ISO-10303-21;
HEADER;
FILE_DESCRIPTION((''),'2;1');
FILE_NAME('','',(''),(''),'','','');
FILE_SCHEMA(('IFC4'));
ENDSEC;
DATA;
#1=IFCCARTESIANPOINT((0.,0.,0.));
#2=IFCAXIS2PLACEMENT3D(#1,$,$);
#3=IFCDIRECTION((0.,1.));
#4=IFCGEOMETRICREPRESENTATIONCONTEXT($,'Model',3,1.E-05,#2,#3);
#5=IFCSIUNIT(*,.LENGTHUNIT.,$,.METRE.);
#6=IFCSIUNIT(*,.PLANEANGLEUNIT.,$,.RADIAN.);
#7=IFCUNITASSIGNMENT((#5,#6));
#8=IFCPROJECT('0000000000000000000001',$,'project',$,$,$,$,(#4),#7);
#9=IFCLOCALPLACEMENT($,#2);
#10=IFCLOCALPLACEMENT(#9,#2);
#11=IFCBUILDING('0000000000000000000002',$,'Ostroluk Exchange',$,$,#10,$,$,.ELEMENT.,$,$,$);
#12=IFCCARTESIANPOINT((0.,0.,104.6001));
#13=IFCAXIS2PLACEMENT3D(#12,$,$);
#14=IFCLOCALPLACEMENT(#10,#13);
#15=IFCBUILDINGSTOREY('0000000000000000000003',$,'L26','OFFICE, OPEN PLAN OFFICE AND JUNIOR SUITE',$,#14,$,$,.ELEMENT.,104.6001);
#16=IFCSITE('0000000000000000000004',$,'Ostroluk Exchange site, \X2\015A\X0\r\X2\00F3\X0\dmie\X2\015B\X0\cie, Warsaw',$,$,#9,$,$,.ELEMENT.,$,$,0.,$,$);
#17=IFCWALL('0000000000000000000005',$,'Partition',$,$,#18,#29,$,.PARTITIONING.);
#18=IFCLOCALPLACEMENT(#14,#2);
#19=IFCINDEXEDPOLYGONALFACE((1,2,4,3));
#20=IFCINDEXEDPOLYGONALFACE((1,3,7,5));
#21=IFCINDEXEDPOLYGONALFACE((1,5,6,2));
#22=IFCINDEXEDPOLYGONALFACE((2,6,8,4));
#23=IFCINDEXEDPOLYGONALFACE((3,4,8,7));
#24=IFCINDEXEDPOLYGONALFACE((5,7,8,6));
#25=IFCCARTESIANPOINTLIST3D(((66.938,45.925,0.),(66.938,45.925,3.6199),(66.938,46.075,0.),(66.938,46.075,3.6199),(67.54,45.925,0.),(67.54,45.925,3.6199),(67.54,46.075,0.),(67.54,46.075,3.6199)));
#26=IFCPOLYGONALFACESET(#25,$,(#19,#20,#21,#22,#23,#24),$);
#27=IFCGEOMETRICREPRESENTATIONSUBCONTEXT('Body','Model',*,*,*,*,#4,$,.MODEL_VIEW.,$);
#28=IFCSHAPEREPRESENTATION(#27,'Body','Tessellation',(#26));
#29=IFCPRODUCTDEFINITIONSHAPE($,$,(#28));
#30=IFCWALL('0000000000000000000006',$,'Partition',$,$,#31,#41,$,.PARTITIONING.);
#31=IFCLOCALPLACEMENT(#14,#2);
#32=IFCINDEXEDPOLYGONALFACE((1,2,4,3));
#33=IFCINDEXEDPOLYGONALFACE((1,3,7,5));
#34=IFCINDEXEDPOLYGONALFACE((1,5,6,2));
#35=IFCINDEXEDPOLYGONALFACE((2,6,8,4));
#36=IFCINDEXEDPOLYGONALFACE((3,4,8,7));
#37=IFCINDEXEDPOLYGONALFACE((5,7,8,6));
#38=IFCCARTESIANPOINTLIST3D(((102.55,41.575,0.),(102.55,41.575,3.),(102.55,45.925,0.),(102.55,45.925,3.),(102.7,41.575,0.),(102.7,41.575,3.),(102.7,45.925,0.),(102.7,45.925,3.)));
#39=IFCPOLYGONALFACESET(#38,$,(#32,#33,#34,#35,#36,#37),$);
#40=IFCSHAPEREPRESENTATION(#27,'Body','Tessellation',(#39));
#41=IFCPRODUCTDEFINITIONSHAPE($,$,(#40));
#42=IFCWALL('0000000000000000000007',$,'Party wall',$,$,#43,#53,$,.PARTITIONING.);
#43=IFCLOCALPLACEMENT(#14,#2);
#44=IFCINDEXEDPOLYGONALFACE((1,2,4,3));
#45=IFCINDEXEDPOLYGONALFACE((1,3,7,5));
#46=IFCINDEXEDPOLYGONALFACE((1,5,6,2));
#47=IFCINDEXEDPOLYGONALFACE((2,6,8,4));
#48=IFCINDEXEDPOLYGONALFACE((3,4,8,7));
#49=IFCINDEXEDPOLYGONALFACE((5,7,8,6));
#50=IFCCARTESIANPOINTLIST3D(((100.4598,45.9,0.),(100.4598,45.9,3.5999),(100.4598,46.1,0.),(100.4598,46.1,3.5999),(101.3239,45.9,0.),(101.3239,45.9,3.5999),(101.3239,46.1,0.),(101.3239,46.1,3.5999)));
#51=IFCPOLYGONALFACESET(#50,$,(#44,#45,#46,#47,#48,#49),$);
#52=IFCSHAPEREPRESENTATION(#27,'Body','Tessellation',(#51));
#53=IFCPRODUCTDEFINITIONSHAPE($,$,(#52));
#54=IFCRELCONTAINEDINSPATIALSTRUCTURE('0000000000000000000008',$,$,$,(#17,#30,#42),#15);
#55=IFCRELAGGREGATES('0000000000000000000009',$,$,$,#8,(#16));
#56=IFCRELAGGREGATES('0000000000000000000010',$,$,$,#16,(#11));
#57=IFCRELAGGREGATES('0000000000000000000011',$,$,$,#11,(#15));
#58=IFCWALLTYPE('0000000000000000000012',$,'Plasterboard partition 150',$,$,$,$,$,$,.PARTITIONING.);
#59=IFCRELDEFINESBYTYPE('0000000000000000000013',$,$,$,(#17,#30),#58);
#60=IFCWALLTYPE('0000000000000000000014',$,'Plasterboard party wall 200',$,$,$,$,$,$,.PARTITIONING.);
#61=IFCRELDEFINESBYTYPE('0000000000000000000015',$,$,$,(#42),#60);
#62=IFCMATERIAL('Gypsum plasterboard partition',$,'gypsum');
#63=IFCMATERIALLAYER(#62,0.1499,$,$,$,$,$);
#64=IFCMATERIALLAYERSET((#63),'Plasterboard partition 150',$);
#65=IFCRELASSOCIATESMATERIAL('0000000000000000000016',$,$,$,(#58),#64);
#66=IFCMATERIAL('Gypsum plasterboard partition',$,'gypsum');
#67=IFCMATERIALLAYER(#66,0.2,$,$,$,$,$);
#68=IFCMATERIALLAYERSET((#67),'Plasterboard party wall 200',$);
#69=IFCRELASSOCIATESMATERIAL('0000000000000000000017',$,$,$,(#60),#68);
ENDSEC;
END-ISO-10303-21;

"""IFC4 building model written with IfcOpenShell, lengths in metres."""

from ifc_helpers import new_model, si_unit, direction, frame, frame_2d, origin, place, context, subcontext, project, spatial, rectangle, extrude, material, layer, layer_set, type_object, element, save


model = new_model("IFC4")

# Units and contexts
model_context = context("Model", 3, precision=1e-05, world=origin(), true_north=direction((0.0, 1.0)))
body_context = subcontext(model_context, "Body", "Model", "MODEL_VIEW")
ifc_project = project(units=[si_unit("LENGTHUNIT", "METRE"), si_unit("PLANEANGLEUNIT", "RADIAN")], contexts=[model_context])

# Site, building, storey
site_placement = place(None, origin())
site = spatial("IfcSite", under=ifc_project, at=site_placement, Name="Ostroluk Exchange site, Śródmieście, Warsaw", CompositionType="ELEMENT", RefElevation=0.0)
building_placement = place(site_placement, origin())
building = spatial("IfcBuilding", under=site, at=building_placement, Name="Ostroluk Exchange", CompositionType="ELEMENT")
storey_placement = place(building_placement, frame((0.0, 0.0, 104.6001)))
storey = spatial("IfcBuildingStorey", under=building, at=storey_placement, Name="L26", Description="OFFICE, OPEN PLAN OFFICE AND JUNIOR SUITE", CompositionType="ELEMENT", Elevation=104.6001)

# Walls
ifc_material_1 = material(Name="Gypsum plasterboard partition", Category="gypsum")
ifc_layer_1 = layer(ifc_material_1, 0.1499)
ifc_layer_set_1 = layer_set([ifc_layer_1], Name="Plasterboard partition 150")
wall_type_1 = type_object("IfcWallType", Name="Plasterboard partition 150", PredefinedType="PARTITIONING", material=ifc_layer_set_1)
for number, where, z_axis, x_axis, name in (
    (1, (66.938, 46.0, 0.0), (0.0, 0.0, 1.0), (1.0, 0.0, 0.0), "Partition"),
):
    element("IfcWall", number, at=place(storey_placement, frame(where, z_axis=z_axis, x_axis=x_axis)), inside=storey, type_object=wall_type_1, Name=name, PredefinedType="PARTITIONING", context=body_context, shape_type="SweptSolid", body=[
        extrude(rectangle(XDim=0.6021, YDim=0.1499, at=frame_2d((0.301, 0.0))), origin(), (0.0, 0.0, 1.0), 3.6199),
    ])
wall_1_placement = place(storey_placement, frame((102.625, 45.925, 0.0), z_axis=(0.0, 0.0, 1.0), x_axis=(0.0, -1.0, 0.0)))
element("IfcWall", 2, at=wall_1_placement, inside=storey, type_object=wall_type_1, Name="Partition", PredefinedType="PARTITIONING", context=body_context, shape_type="SweptSolid", body=[
    extrude(rectangle(XDim=4.3501, YDim=0.1499, at=frame_2d((2.175, 0.0))), origin(), (0.0, 0.0, 1.0), 3.0),
])
ifc_material_2 = material(Name="Gypsum plasterboard partition", Category="gypsum")
ifc_layer_2 = layer(ifc_material_2, 0.2)
ifc_layer_set_2 = layer_set([ifc_layer_2], Name="Plasterboard party wall 200")
wall_type_2 = type_object("IfcWallType", Name="Plasterboard party wall 200", PredefinedType="PARTITIONING", material=ifc_layer_set_2)
wall_2_placement = place(storey_placement, frame((101.324, 46.0, 0.0), z_axis=(0.0, 0.0, 1.0), x_axis=(-1.0, 0.0, 0.0)))
element("IfcWall", 3, at=wall_2_placement, inside=storey, type_object=wall_type_2, Name="Party wall", PredefinedType="PARTITIONING", context=body_context, shape_type="SweptSolid", body=[
    extrude(rectangle(XDim=0.864, YDim=0.2, at=frame_2d((0.4321, 0.0))), origin(), (0.0, 0.0, 1.0), 3.5999),
])

save(model, "model.ifc")
